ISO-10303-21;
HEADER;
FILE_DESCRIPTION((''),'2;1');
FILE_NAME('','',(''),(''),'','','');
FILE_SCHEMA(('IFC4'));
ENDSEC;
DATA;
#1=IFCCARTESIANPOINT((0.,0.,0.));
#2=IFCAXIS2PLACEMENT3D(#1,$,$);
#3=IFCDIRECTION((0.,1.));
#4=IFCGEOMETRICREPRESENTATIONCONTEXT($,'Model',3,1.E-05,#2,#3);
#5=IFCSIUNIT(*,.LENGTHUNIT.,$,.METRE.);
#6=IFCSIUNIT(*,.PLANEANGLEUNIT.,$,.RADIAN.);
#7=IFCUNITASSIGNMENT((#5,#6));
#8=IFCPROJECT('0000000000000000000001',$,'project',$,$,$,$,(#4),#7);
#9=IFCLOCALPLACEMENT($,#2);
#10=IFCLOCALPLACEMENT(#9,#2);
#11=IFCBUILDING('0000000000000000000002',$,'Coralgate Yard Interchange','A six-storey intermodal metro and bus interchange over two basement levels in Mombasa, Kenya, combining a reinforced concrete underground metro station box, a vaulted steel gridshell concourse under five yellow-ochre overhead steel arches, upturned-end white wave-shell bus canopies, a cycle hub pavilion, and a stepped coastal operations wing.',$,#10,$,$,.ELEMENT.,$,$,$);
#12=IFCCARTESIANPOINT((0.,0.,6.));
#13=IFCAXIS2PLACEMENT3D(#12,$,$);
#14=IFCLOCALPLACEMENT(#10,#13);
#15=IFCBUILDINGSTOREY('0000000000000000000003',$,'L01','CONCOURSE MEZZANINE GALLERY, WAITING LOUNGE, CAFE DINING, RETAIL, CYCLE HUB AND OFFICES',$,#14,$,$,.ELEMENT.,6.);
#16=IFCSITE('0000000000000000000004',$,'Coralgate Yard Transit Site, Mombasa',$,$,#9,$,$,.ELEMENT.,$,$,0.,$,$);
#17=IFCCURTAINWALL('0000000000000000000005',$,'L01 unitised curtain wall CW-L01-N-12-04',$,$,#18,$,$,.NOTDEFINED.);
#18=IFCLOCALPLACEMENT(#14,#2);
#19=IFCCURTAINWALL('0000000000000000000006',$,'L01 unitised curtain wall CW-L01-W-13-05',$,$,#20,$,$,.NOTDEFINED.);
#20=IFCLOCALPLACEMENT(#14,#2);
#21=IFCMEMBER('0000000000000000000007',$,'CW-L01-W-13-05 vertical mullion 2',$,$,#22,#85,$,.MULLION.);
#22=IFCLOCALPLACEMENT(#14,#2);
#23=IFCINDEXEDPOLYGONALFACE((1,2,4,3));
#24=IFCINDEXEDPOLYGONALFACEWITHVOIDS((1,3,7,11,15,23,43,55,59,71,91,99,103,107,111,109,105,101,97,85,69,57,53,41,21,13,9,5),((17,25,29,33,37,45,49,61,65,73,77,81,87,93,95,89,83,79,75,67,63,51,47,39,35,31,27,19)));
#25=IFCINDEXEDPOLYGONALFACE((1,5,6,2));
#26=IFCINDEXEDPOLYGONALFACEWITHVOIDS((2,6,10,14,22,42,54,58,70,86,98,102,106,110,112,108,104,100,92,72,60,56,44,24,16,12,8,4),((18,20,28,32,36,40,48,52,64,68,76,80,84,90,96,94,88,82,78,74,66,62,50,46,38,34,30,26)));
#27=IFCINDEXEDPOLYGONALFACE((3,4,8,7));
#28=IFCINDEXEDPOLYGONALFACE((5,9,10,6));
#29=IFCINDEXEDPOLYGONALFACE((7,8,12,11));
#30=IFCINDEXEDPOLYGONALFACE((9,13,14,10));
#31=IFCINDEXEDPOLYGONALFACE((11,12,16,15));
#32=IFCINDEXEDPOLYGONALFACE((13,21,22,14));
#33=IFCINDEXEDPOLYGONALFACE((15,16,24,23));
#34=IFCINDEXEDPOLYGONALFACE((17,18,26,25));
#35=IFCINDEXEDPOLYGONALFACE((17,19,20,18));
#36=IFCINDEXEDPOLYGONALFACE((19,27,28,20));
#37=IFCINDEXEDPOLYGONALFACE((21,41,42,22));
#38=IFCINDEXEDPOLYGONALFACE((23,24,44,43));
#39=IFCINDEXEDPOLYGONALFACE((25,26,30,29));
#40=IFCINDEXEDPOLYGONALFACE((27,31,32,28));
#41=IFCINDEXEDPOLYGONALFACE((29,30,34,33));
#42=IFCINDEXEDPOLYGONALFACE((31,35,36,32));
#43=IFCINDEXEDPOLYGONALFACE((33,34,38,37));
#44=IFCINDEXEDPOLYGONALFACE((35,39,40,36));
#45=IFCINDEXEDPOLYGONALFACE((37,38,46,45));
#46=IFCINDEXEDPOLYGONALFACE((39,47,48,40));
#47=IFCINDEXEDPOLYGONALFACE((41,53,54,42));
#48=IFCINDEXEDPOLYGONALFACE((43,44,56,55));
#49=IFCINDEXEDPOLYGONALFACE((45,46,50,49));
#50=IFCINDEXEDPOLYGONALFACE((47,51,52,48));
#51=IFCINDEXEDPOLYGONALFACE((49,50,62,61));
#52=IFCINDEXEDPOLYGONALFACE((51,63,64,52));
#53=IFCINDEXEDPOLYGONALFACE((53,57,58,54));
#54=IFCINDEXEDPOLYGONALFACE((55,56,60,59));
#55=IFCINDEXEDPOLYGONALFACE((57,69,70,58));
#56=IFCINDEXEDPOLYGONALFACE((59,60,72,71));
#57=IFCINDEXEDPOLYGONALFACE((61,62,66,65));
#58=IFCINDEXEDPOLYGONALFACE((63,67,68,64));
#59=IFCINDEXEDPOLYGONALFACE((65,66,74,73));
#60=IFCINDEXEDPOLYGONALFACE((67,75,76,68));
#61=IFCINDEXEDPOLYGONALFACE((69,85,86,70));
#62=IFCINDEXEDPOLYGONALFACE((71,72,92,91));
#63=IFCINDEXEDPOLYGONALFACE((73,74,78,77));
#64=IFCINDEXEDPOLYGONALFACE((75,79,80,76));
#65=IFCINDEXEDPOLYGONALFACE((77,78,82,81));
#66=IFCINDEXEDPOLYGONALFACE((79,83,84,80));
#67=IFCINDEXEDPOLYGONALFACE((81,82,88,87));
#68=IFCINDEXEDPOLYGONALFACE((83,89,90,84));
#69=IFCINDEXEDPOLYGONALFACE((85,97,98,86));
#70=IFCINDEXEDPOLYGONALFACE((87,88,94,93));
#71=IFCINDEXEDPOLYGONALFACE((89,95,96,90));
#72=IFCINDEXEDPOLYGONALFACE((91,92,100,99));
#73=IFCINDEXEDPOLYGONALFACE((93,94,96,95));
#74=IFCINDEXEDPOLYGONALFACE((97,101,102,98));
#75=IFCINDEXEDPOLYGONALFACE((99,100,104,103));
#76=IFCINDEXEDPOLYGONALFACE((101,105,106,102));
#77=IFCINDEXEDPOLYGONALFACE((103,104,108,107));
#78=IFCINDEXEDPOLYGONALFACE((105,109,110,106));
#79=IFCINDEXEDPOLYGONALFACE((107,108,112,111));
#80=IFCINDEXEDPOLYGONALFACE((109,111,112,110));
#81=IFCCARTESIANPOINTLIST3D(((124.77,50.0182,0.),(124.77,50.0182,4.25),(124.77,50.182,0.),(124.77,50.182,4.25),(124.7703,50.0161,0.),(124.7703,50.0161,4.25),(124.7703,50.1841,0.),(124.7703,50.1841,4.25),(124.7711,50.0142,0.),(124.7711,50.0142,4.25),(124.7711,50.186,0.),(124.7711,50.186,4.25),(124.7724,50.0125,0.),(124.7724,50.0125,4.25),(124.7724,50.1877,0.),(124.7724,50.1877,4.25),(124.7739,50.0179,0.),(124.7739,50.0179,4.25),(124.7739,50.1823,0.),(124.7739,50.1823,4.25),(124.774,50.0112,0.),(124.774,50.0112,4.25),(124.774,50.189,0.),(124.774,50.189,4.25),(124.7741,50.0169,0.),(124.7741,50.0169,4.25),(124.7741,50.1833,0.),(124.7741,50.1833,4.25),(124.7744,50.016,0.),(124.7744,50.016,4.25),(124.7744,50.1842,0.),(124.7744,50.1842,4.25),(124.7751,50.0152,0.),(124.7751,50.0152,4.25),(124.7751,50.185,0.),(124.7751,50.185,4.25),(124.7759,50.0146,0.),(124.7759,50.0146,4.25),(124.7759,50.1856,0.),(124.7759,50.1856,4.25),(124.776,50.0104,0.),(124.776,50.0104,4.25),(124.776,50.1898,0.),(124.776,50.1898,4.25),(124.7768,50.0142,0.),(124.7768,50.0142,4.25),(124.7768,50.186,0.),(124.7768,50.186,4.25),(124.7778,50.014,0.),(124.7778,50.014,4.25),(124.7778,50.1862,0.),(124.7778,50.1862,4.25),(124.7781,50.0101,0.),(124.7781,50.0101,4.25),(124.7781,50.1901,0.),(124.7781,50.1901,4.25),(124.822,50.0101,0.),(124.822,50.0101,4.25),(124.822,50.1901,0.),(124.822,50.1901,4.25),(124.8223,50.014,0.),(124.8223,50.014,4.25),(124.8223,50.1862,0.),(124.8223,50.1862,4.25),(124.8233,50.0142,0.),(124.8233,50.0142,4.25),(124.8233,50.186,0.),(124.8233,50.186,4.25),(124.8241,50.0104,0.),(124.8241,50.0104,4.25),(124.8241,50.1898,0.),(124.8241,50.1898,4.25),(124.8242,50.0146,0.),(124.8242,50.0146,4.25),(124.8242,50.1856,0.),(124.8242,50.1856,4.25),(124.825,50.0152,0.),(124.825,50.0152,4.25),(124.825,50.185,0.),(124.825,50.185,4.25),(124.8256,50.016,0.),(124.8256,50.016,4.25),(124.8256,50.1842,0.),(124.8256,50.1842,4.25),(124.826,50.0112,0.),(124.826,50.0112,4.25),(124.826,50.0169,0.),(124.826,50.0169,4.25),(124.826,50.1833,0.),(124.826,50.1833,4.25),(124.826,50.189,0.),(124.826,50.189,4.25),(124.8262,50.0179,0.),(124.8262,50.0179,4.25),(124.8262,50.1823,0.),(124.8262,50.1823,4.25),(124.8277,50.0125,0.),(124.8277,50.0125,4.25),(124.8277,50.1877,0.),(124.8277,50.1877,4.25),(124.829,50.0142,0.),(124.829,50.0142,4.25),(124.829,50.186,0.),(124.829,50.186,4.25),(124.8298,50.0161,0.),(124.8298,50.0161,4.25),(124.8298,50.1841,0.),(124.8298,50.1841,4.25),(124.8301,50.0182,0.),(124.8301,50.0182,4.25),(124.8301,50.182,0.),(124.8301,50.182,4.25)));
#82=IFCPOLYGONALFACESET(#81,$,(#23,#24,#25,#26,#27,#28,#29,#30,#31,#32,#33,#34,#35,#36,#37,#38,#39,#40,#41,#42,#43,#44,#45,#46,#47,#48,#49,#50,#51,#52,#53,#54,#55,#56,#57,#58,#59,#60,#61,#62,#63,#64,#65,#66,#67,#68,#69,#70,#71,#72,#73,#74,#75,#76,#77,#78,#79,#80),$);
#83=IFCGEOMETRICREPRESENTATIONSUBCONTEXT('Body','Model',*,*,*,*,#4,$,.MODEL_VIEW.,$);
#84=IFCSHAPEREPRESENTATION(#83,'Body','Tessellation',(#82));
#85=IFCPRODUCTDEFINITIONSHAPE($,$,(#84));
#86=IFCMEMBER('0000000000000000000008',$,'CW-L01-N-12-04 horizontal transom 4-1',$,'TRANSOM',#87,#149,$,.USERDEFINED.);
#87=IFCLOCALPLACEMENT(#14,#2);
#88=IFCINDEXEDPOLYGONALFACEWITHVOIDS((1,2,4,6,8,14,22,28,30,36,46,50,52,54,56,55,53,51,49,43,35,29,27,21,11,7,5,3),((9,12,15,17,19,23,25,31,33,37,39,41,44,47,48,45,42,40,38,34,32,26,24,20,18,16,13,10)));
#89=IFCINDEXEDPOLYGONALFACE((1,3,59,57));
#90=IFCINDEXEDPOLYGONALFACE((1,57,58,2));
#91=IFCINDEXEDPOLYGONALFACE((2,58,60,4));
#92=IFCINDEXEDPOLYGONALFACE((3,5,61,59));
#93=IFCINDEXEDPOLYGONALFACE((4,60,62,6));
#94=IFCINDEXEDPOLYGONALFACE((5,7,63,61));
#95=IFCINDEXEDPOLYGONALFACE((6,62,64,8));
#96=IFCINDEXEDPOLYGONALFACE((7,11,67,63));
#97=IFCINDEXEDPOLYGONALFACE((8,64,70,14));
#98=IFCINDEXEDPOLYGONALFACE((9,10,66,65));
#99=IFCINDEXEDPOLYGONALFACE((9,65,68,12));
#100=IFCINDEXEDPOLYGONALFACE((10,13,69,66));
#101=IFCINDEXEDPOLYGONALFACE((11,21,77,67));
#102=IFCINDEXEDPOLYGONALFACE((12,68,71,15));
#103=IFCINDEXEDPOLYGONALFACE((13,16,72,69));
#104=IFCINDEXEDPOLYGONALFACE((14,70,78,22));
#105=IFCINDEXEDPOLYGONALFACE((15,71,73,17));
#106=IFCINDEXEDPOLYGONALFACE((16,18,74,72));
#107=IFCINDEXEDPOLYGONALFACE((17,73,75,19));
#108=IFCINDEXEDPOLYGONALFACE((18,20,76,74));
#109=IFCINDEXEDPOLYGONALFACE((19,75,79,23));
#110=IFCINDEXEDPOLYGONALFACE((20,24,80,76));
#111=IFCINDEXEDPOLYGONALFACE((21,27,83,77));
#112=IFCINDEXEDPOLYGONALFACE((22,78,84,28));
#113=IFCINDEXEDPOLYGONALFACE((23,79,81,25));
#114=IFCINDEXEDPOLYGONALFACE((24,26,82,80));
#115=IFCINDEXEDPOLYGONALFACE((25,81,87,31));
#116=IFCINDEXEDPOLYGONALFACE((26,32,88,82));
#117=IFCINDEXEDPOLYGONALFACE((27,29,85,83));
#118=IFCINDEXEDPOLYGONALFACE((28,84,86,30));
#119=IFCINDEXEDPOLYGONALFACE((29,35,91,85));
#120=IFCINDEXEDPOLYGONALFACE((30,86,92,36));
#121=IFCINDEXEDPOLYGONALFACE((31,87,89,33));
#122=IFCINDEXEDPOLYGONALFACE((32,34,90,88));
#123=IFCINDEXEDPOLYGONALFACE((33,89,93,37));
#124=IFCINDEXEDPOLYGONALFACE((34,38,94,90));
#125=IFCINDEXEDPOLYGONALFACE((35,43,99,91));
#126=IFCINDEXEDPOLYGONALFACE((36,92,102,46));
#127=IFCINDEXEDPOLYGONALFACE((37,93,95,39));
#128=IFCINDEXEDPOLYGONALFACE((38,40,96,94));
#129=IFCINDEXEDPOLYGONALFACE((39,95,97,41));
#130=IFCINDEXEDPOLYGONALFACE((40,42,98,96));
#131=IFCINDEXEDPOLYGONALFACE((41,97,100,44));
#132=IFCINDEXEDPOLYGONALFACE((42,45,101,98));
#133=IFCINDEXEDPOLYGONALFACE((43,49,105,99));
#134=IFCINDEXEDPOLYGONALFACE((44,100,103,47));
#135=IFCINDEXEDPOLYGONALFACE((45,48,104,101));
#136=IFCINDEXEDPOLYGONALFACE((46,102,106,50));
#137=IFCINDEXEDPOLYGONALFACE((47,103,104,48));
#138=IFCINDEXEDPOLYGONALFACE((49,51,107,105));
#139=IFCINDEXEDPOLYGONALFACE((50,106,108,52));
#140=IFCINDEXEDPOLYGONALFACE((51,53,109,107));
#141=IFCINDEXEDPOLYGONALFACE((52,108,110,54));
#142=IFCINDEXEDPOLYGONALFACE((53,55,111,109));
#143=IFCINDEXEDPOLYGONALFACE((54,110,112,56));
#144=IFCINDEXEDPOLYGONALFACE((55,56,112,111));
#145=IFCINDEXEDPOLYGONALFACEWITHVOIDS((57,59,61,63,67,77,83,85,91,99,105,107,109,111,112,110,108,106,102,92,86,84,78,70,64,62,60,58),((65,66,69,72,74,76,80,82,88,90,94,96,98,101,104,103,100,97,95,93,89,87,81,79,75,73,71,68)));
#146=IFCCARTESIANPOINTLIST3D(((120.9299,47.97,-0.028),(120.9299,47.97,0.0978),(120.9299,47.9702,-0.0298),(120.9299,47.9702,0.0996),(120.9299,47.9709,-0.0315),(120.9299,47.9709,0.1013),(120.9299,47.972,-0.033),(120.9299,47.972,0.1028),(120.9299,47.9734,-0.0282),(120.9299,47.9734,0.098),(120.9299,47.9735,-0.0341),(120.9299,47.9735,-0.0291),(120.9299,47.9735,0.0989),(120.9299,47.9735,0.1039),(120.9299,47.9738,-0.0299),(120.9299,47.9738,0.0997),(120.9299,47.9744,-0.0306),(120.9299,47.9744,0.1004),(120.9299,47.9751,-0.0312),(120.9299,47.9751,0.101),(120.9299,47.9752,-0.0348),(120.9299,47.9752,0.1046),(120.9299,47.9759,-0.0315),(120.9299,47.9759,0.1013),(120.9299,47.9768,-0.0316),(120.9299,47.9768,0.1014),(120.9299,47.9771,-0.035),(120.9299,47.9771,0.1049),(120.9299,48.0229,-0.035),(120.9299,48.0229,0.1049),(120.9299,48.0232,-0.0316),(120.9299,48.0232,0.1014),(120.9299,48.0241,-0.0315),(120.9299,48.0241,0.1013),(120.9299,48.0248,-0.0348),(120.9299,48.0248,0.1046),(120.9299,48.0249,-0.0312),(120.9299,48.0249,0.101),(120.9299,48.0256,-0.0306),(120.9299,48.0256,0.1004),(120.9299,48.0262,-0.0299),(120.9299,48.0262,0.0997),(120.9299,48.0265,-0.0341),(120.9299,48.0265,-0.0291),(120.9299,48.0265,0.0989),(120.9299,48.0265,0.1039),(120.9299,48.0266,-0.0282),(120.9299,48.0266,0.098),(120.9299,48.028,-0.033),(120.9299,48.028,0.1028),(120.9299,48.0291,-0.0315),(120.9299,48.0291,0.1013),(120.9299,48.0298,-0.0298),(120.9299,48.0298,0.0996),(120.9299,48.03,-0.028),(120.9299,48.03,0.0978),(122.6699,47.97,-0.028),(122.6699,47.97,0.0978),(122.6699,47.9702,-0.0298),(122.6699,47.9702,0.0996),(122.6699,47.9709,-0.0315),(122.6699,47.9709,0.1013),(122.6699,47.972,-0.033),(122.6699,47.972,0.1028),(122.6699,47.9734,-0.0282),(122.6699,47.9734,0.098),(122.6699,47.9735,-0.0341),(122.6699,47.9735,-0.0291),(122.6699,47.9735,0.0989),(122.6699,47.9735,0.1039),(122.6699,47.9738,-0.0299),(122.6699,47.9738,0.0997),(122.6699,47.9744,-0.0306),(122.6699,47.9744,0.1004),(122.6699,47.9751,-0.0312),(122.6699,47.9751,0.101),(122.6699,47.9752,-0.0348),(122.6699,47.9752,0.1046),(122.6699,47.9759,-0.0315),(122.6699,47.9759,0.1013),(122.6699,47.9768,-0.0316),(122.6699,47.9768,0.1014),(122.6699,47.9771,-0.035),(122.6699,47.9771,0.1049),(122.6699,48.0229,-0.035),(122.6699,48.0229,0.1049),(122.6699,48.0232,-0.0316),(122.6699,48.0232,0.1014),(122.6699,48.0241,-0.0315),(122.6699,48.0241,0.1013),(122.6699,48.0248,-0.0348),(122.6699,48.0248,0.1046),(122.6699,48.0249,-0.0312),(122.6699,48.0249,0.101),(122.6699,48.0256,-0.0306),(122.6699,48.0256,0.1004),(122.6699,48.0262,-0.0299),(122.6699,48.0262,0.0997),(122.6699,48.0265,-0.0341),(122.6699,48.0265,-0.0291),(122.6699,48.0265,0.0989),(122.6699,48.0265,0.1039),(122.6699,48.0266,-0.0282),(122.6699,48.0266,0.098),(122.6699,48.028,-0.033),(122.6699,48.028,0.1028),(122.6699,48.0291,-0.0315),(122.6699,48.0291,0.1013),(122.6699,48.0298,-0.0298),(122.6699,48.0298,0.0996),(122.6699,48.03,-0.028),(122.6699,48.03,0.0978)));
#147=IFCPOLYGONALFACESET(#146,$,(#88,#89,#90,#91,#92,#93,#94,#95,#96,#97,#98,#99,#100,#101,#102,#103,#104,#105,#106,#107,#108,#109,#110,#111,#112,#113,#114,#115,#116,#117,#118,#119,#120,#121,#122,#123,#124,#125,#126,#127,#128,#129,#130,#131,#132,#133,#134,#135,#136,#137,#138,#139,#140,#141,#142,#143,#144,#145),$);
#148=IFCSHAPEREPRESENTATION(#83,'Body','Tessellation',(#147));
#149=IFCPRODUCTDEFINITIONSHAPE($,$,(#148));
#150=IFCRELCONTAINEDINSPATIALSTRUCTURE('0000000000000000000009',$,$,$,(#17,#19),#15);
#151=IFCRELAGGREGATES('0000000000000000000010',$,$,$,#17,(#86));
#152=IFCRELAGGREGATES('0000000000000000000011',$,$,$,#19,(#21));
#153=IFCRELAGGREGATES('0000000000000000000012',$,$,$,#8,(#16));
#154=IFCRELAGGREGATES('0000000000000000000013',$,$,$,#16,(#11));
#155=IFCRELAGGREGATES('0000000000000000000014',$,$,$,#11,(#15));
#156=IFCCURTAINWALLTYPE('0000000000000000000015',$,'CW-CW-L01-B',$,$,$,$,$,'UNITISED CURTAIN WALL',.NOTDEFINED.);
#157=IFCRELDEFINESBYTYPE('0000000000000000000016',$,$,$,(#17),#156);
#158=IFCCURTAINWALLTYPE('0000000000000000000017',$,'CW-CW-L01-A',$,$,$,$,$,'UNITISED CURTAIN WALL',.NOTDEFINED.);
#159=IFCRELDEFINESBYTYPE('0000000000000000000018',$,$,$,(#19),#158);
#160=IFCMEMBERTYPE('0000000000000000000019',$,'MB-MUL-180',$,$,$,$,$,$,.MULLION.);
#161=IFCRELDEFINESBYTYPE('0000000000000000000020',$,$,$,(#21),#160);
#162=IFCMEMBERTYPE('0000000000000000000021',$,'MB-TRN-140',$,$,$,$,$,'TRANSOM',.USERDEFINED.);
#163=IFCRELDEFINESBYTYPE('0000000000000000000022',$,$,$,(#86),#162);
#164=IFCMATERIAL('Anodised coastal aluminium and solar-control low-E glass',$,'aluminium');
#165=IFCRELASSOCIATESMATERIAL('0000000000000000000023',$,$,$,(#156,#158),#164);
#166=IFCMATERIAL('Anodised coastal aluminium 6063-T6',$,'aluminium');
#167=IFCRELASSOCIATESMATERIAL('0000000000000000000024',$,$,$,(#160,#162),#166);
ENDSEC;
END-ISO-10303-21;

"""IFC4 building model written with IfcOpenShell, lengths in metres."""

from ifc_helpers import new_model, si_unit, direction, frame, origin, origin_2d, place, context, subcontext, project, spatial, hollow_rectangle, extrude, material, material_profile, profile_set, type_object, element, aggregate, save


model = new_model("IFC4")

# Units and contexts
model_context = context("Model", 3, precision=1e-05, world=origin(), true_north=direction((0.0, 1.0)))
body_context = subcontext(model_context, "Body", "Model", "MODEL_VIEW")
ifc_project = project(units=[si_unit("LENGTHUNIT", "METRE"), si_unit("PLANEANGLEUNIT", "RADIAN")], contexts=[model_context])

# Site, building, storey
site_placement = place(None, origin())
site = spatial("IfcSite", under=ifc_project, at=site_placement, Name="Coralgate Yard Transit Site, Mombasa", CompositionType="ELEMENT", RefElevation=0.0)
building_placement = place(site_placement, origin())
building = spatial("IfcBuilding", under=site, at=building_placement, Name="Coralgate Yard Interchange", Description="A six-storey intermodal metro and bus interchange over two basement levels in Mombasa, Kenya, combining a reinforced concrete underground metro station box, a vaulted steel gridshell concourse under five yellow-ochre overhead steel arches, upturned-end white wave-shell bus canopies, a cycle hub pavilion, and a stepped coastal operations wing.", CompositionType="ELEMENT")
storey_placement = place(building_placement, frame((0.0, 0.0, 6.0)))
storey = spatial("IfcBuildingStorey", under=building, at=storey_placement, Name="L01", Description="CONCOURSE MEZZANINE GALLERY, WAITING LOUNGE, CAFE DINING, RETAIL, CYCLE HUB AND OFFICES", CompositionType="ELEMENT", Elevation=6.0)

# Curtain walls, member
ifc_material_1 = material(Name="Anodised coastal aluminium and solar-control low-E glass", Category="aluminium")
curtain_wall_type_1 = type_object("IfcCurtainWallType", Name="CW-CW-L01-B", ElementType="UNITISED CURTAIN WALL", PredefinedType="NOTDEFINED", material=ifc_material_1)
curtain_wall_1_placement = place(storey_placement, origin())
curtain_wall_1 = element("IfcCurtainWall", 1, at=curtain_wall_1_placement, inside=storey, type_object=curtain_wall_type_1, Name="L01 unitised curtain wall CW-L01-N-12-04", PredefinedType="NOTDEFINED")
ifc_material_2 = material(Name="Anodised coastal aluminium 6063-T6", Category="aluminium")
ifc_material_profile_1 = material_profile(ifc_material_2, hollow_rectangle(XDim=0.0601, YDim=0.1799, WallThickness=0.0039, InnerFilletRadius=0.0039, OuterFilletRadius=0.0081, at=origin_2d()), Name="ALU 60x180x4")
ifc_profile_set_1 = profile_set([ifc_material_profile_1], Name="Anodised coastal aluminium 6063-T6")
member_type_1 = type_object("IfcMemberType", Name="MB-MUL-180", PredefinedType="MULLION", material=ifc_profile_set_1)
curtain_wall_type_2 = type_object("IfcCurtainWallType", Name="CW-CW-L01-A", ElementType="UNITISED CURTAIN WALL", PredefinedType="NOTDEFINED", material=ifc_material_1)
curtain_wall_2_placement = place(storey_placement, origin())
curtain_wall_2 = element("IfcCurtainWall", 2, at=curtain_wall_2_placement, inside=storey, type_object=curtain_wall_type_2, Name="L01 unitised curtain wall CW-L01-W-13-05", PredefinedType="NOTDEFINED")
member_1_placement = place(storey_placement, frame((124.8, 50.1001, 0.0), z_axis=(0.0, 0.0, 1.0), x_axis=(1.0, 0.0, 0.0)))
member_1 = element("IfcMember", 3, at=member_1_placement, type_object=member_type_1, Name="CW-L01-W-13-05 vertical mullion 2", PredefinedType="MULLION", context=body_context, shape_type="SweptSolid", body=[
    extrude(hollow_rectangle(XDim=0.0601, YDim=0.1799, WallThickness=0.0039, InnerFilletRadius=0.0039, OuterFilletRadius=0.0081, at=origin_2d()), origin(), (0.0, 0.0, 1.0), 4.25),
])

# Member
ifc_material_profile_2 = material_profile(ifc_material_2, hollow_rectangle(XDim=0.0601, YDim=0.1399, WallThickness=0.0034, InnerFilletRadius=0.0034, OuterFilletRadius=0.0071, at=origin_2d()), Name="ALU 60x140x3.5")
ifc_profile_set_2 = profile_set([ifc_material_profile_2], Name="Anodised coastal aluminium 6063-T6")
member_type_2 = type_object("IfcMemberType", Name="MB-TRN-140", ElementType="TRANSOM", PredefinedType="USERDEFINED", material=ifc_profile_set_2)
member_2_placement = place(storey_placement, frame((120.9299, 48.0, 0.0349), z_axis=(1.0, 0.0, 0.0), x_axis=(0.0, 1.0, 0.0)))
member_2 = element("IfcMember", 4, at=member_2_placement, type_object=member_type_2, Name="CW-L01-N-12-04 horizontal transom 4-1", ObjectType="TRANSOM", PredefinedType="USERDEFINED", context=body_context, shape_type="SweptSolid", body=[
    extrude(hollow_rectangle(XDim=0.0601, YDim=0.1399, WallThickness=0.0034, InnerFilletRadius=0.0034, OuterFilletRadius=0.0071, at=origin_2d()), origin(), (0.0, 0.0, 1.0), 1.74),
])

aggregate(curtain_wall_1, [member_2])
aggregate(curtain_wall_2, [member_1])

save(model, "model.ifc")
